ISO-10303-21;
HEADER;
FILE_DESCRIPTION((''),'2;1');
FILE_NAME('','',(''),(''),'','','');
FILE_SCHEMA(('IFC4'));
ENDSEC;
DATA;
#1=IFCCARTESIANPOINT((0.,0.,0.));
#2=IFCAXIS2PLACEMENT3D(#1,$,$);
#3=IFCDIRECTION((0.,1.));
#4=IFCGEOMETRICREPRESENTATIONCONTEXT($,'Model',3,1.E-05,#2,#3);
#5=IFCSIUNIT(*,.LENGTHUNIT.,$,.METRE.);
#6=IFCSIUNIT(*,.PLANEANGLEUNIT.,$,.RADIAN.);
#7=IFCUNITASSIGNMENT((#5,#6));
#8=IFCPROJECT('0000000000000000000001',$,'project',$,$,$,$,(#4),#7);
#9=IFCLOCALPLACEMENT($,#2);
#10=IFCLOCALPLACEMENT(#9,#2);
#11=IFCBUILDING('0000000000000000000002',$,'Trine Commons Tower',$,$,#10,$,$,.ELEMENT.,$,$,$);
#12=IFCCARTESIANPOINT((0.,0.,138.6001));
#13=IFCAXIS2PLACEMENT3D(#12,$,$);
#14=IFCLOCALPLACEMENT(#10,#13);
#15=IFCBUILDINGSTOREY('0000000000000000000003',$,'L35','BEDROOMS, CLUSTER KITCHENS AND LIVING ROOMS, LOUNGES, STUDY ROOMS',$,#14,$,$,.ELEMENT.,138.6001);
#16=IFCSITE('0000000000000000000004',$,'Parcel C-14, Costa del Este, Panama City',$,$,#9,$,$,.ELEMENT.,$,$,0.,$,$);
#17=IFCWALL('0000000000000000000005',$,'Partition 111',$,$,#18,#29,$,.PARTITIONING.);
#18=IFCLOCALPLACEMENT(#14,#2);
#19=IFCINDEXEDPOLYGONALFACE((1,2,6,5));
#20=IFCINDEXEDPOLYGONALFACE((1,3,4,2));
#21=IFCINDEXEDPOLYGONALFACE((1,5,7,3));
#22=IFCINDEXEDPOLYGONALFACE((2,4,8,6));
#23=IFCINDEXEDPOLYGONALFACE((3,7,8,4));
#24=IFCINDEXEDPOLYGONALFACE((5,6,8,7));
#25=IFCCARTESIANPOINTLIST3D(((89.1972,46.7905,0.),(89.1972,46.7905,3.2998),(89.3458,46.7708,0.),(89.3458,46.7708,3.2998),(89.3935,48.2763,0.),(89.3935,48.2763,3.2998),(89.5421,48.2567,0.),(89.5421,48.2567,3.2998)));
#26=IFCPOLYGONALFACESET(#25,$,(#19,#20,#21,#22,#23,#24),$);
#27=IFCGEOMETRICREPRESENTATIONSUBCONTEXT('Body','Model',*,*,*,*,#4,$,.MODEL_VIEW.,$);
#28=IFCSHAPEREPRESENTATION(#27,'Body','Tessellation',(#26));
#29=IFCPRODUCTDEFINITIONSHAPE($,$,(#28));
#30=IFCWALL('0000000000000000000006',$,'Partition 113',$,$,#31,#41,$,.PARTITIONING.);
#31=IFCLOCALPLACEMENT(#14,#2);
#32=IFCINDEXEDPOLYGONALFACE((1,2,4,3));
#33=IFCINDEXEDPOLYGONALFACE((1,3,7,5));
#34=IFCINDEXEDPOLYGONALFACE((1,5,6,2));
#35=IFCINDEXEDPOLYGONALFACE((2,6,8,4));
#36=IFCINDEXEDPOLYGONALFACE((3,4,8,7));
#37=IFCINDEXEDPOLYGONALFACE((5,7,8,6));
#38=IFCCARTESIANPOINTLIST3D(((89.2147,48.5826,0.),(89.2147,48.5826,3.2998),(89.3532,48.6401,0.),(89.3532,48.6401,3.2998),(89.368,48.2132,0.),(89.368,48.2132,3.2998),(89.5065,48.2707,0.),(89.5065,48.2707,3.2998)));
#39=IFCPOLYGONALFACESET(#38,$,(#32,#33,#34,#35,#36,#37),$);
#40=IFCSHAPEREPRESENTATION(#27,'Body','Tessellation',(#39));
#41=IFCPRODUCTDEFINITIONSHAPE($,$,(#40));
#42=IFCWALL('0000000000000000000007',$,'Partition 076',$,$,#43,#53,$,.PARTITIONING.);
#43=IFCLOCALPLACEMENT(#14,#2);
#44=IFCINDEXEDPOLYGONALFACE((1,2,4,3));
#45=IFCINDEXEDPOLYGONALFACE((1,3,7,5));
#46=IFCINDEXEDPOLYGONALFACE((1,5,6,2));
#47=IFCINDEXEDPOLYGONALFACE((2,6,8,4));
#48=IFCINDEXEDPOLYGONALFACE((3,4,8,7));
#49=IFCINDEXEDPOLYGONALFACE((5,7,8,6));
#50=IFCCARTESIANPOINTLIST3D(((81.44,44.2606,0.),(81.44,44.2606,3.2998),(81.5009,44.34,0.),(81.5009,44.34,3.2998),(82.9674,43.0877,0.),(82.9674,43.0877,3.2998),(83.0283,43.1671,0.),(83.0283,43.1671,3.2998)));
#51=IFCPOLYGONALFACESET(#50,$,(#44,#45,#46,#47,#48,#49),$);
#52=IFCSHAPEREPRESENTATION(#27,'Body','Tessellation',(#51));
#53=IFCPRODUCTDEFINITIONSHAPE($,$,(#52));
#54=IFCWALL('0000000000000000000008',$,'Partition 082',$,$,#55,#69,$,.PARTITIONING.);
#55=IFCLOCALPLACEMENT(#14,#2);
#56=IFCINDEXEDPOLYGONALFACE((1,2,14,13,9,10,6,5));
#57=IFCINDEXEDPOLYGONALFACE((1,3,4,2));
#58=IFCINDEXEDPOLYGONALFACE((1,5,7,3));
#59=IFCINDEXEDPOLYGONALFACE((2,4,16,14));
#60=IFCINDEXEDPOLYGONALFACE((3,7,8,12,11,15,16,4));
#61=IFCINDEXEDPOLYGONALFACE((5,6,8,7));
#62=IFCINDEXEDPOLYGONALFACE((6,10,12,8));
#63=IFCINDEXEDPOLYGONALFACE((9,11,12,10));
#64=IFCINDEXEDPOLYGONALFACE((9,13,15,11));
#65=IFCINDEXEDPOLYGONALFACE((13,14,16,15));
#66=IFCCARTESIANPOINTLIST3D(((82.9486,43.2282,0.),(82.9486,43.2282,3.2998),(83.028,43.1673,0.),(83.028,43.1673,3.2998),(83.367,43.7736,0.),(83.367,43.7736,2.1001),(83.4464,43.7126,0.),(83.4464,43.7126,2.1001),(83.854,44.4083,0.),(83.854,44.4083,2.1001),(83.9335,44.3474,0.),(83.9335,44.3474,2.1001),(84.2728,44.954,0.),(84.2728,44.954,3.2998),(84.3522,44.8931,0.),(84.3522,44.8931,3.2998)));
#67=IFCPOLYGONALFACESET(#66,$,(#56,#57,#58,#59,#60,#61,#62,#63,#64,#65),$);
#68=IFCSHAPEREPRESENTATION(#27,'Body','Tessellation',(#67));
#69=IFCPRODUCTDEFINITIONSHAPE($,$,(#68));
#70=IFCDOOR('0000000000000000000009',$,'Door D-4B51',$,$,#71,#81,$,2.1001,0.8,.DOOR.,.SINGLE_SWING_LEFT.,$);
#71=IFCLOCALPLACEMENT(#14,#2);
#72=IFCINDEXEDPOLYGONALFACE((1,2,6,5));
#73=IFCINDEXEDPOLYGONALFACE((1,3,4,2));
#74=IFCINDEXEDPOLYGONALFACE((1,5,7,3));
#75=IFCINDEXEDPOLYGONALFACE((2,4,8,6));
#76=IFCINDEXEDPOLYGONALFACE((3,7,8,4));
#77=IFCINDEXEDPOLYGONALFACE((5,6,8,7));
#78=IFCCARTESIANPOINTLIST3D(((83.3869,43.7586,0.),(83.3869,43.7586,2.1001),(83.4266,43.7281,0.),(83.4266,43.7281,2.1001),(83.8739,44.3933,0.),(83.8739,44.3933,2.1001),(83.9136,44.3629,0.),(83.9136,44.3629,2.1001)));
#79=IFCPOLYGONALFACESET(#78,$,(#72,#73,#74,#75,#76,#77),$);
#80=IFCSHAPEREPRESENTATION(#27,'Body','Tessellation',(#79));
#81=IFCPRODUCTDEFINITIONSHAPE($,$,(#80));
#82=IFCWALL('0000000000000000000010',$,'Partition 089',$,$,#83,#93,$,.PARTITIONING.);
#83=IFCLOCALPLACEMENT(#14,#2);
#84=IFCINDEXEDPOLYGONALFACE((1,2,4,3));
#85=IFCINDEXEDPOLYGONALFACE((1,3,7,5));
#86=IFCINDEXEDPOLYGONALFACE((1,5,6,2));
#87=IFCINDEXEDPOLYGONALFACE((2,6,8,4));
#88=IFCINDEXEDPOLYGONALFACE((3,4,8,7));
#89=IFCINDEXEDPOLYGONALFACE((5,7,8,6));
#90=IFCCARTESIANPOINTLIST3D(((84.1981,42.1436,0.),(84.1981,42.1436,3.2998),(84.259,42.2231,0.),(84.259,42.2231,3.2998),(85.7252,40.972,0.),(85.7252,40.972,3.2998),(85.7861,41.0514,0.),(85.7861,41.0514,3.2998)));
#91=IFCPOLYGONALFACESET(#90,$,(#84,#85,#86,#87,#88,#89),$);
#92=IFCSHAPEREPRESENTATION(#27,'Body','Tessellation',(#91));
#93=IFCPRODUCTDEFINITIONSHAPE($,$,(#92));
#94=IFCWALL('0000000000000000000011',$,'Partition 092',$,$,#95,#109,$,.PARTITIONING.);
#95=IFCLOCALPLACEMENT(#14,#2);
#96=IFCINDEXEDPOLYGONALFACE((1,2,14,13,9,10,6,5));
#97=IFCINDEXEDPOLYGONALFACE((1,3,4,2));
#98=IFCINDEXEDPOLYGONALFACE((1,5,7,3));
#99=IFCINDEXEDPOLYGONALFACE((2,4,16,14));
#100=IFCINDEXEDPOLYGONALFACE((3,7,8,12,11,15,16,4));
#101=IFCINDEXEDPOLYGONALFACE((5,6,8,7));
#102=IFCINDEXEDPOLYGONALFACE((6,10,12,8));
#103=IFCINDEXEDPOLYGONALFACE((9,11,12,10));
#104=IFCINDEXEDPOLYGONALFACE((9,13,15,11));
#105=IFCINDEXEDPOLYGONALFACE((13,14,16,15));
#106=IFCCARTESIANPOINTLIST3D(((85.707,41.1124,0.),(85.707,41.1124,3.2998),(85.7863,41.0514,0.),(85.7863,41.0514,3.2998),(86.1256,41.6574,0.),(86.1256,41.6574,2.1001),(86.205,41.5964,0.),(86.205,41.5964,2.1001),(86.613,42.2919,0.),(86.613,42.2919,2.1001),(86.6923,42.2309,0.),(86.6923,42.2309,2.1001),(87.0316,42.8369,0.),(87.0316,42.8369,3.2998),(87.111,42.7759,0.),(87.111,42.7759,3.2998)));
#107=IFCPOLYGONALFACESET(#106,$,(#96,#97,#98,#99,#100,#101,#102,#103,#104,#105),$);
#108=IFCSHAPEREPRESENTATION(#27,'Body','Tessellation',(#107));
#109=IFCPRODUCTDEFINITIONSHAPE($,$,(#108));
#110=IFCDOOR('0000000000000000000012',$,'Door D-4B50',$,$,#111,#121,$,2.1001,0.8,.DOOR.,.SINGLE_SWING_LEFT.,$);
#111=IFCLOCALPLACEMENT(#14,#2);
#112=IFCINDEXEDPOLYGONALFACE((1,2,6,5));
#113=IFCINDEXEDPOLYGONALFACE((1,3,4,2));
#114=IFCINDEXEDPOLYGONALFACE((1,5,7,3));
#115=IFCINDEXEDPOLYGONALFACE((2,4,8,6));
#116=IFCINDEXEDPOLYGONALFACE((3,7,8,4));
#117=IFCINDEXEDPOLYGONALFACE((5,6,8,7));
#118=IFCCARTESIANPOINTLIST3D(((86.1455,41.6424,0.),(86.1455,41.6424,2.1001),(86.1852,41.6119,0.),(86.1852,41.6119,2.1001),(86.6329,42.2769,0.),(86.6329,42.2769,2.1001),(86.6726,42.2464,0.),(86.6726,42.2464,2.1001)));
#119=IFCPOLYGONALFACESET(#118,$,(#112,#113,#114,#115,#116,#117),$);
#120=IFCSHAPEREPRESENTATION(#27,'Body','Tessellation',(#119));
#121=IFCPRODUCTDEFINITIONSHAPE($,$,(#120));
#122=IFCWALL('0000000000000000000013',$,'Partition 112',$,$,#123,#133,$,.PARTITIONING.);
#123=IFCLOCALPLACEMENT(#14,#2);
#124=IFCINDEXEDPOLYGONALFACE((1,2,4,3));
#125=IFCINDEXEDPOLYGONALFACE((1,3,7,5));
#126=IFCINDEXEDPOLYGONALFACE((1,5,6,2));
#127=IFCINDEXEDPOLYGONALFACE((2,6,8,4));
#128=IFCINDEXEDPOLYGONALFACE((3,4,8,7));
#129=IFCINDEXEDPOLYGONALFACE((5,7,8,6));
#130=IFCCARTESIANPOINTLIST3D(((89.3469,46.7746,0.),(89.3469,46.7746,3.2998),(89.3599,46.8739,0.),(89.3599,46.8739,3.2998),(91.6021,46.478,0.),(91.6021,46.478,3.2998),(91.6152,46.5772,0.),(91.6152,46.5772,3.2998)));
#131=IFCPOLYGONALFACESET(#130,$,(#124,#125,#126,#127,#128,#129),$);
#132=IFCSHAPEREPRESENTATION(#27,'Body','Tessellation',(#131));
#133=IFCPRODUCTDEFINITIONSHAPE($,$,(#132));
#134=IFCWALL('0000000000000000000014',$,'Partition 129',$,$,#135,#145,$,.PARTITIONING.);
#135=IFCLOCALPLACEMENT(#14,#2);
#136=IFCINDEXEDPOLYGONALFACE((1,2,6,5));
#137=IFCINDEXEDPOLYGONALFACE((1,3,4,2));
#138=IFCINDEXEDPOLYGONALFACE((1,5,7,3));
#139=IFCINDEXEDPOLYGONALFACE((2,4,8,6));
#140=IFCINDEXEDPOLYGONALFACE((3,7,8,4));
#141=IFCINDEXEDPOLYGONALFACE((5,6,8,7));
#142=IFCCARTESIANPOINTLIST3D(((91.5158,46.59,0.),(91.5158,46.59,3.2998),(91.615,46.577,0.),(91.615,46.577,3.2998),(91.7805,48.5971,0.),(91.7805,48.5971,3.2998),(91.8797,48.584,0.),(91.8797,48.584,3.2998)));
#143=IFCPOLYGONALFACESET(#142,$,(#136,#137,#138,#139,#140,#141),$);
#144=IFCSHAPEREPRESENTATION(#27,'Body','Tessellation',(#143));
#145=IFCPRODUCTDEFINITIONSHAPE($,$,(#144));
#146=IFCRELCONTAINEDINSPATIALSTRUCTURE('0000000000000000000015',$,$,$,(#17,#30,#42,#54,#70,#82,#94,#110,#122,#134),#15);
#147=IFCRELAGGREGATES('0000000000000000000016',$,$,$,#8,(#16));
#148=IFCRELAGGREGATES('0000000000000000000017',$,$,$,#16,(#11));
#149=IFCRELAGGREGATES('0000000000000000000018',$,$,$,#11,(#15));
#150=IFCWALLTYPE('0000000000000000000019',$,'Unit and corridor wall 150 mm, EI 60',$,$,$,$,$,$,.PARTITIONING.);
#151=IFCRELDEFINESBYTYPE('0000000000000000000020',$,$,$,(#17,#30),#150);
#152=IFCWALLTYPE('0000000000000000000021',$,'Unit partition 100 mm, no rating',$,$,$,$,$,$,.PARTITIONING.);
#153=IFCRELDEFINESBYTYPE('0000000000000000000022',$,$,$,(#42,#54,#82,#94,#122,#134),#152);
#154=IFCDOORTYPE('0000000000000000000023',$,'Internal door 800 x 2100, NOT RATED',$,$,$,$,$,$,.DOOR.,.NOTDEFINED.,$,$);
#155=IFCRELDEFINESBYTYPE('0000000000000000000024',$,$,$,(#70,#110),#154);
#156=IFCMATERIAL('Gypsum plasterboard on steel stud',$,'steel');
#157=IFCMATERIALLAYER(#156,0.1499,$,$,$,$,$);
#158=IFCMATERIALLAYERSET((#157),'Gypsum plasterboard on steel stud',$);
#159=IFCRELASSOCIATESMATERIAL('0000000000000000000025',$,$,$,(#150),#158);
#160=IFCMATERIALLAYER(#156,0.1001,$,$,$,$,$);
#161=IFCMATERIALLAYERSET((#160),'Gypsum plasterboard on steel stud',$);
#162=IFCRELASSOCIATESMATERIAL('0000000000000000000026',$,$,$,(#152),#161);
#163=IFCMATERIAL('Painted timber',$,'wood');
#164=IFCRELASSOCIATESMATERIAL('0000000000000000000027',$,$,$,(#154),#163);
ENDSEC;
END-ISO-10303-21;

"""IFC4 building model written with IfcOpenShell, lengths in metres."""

from ifc_helpers import new_model, si_unit, direction, frame, frame_2d, origin, place, context, subcontext, project, spatial, rectangle, extrude, material, layer, layer_set, type_object, element, fill, save


model = new_model("IFC4")

# Units and contexts
model_context = context("Model", 3, precision=1e-05, world=origin(), true_north=direction((0.0, 1.0)))
body_context = subcontext(model_context, "Body", "Model", "MODEL_VIEW")
ifc_project = project(units=[si_unit("LENGTHUNIT", "METRE"), si_unit("PLANEANGLEUNIT", "RADIAN")], contexts=[model_context])

# Site, building, storey
site_placement = place(None, origin())
site = spatial("IfcSite", under=ifc_project, at=site_placement, Name="Parcel C-14, Costa del Este, Panama City", CompositionType="ELEMENT", RefElevation=0.0)
building_placement = place(site_placement, origin())
building = spatial("IfcBuilding", under=site, at=building_placement, Name="Trine Commons Tower", CompositionType="ELEMENT")
storey_placement = place(building_placement, frame((0.0, 0.0, 138.6001)))
storey = spatial("IfcBuildingStorey", under=building, at=storey_placement, Name="L35", Description="BEDROOMS, CLUSTER KITCHENS AND LIVING ROOMS, LOUNGES, STUDY ROOMS", CompositionType="ELEMENT", Elevation=138.6001)

# Shared definitions
ifc_material_1 = material(Name="Gypsum plasterboard on steel stud", Category="steel")
ifc_layer_1 = layer(ifc_material_1, 0.1499)
ifc_layer_set_1 = layer_set([ifc_layer_1], Name="Gypsum plasterboard on steel stud")
wall_type_1 = type_object("IfcWallType", Name="Unit and corridor wall 150 mm, EI 60", PredefinedType="PARTITIONING", material=ifc_layer_set_1)

# Shared definitions
ifc_material_2 = material(Name="Painted timber", Category="wood")

# Walls
wall_1_placement = place(storey_placement, frame((89.2715, 46.7805, 0.0), z_axis=(0.0, 0.0, 1.0), x_axis=(0.130969, 0.991387, 0.0)))
element("IfcWall", 1, at=wall_1_placement, inside=storey, type_object=wall_type_1, Name="Partition 111", PredefinedType="PARTITIONING", context=body_context, shape_type="SweptSolid", body=[
    extrude(rectangle(XDim=1.4988, YDim=0.1499, at=frame_2d((0.7495, 0.0))), origin(), (0.0, 0.0, 1.0), 3.2998),
])
wall_2_placement = place(storey_placement, frame((89.2839, 48.6113, 0.0), z_axis=(0.0, 0.0, 1.0), x_axis=(0.383358, -0.9236, 0.0)))
element("IfcWall", 2, at=wall_2_placement, inside=storey, type_object=wall_type_1, Name="Partition 113", PredefinedType="PARTITIONING", context=body_context, shape_type="SweptSolid", body=[
    extrude(rectangle(XDim=0.3999, YDim=0.1499, at=frame_2d((0.2, 0.0))), origin(), (0.0, 0.0, 1.0), 3.2998),
])
ifc_layer_2 = layer(ifc_material_1, 0.1001)
ifc_layer_set_2 = layer_set([ifc_layer_2], Name="Gypsum plasterboard on steel stud")
wall_type_2 = type_object("IfcWallType", Name="Unit partition 100 mm, no rating", PredefinedType="PARTITIONING", material=ifc_layer_set_2)
wall_3_placement = place(storey_placement, frame((81.4705, 44.3003, 0.0), z_axis=(0.0, 0.0, 1.0), x_axis=(0.793133, -0.609049, 0.0)))
element("IfcWall", 3, at=wall_3_placement, inside=storey, type_object=wall_type_2, Name="Partition 076", PredefinedType="PARTITIONING", context=body_context, shape_type="SweptSolid", body=[
    extrude(rectangle(XDim=1.9258, YDim=0.1001, at=frame_2d((0.9629, 0.0))), origin(), (0.0, 0.0, 1.0), 3.2998),
])

# Wall, opening, door
wall_4_placement = place(storey_placement, frame((82.9883, 43.1978, 0.0), z_axis=(0.0, 0.0, 1.0), x_axis=(0.608745, 0.793366, 0.0)))
wall_4 = element("IfcWall", 4, at=wall_4_placement, inside=storey, type_object=wall_type_2, Name="Partition 082", PredefinedType="PARTITIONING", context=body_context, shape_type="SweptSolid", body=[
    extrude(rectangle(XDim=2.1753, YDim=0.1001, at=frame_2d((1.0876, 0.0))), origin(), (0.0, 0.0, 1.0), 3.2998),
])
opening_1_placement = place(wall_4_placement, frame((0.6875, 0.0, 0.0)))
opening_1 = element("IfcOpeningElement", 5, at=opening_1_placement, cuts=wall_4, PredefinedType="OPENING", context=body_context, shape_type="SweptSolid", body=[
    extrude(rectangle(XDim=0.8, YDim=2.1001, at=frame_2d((0.3999, 1.05))), frame((0.0, 0.0601, 0.0), z_axis=(0.0, -1.0, 0.0), x_axis=(1.0, 0.0, 0.0)), (0.0, 0.0, 1.0), 0.1201),
])
door_type_1 = type_object("IfcDoorType", Name="Internal door 800 x 2100, NOT RATED", OperationType="NOTDEFINED", PredefinedType="DOOR", material=ifc_material_2)
door_1_placement = place(opening_1_placement, frame((0.8, 0.0, 0.0), z_axis=(0.0, 0.0, 1.0), x_axis=(-1.0, 0.0, 0.0)))
door_1 = element("IfcDoor", 6, at=door_1_placement, inside=storey, type_object=door_type_1, Name="Door D-4B51", OperationType="SINGLE_SWING_LEFT", OverallHeight=2.1001, OverallWidth=0.8, PredefinedType="DOOR", context=body_context, shape_type="SweptSolid", body=[
    extrude(rectangle(XDim=0.8, YDim=2.1001, at=frame_2d((0.3999, 1.05))), frame((0.0, 0.0249, 0.0), z_axis=(0.0, -1.0, 0.0), x_axis=(1.0, 0.0, 0.0)), (0.0, 0.0, 1.0), 0.05),
])
fill(opening_1, door_1)

# Wall
wall_5_placement = place(storey_placement, frame((84.2285, 42.1833, 0.0), z_axis=(0.0, 0.0, 1.0), x_axis=(0.793392, -0.608711, 0.0)))
element("IfcWall", 7, at=wall_5_placement, inside=storey, type_object=wall_type_2, Name="Partition 089", PredefinedType="PARTITIONING", context=body_context, shape_type="SweptSolid", body=[
    extrude(rectangle(XDim=1.9248, YDim=0.1001, at=frame_2d((0.9624, 0.0))), origin(), (0.0, 0.0, 1.0), 3.2998),
])

# Wall, opening, door
wall_6_placement = place(storey_placement, frame((85.7466, 41.0818, 0.0), z_axis=(0.0, 0.0, 1.0), x_axis=(0.609157, 0.793049, 0.0)))
wall_6 = element("IfcWall", 8, at=wall_6_placement, inside=storey, type_object=wall_type_2, Name="Partition 092", PredefinedType="PARTITIONING", context=body_context, shape_type="SweptSolid", body=[
    extrude(rectangle(XDim=2.1746, YDim=0.1001, at=frame_2d((1.0874, 0.0))), origin(), (0.0, 0.0, 1.0), 3.2998),
])
opening_2_placement = place(wall_6_placement, frame((0.6875, 0.0, 0.0)))
opening_2 = element("IfcOpeningElement", 9, at=opening_2_placement, cuts=wall_6, PredefinedType="OPENING", context=body_context, shape_type="SweptSolid", body=[
    extrude(rectangle(XDim=0.8, YDim=2.1001, at=frame_2d((0.3999, 1.05))), frame((0.0, 0.0601, 0.0), z_axis=(0.0, -1.0, 0.0), x_axis=(1.0, 0.0, 0.0)), (0.0, 0.0, 1.0), 0.1201),
])
door_2_placement = place(opening_2_placement, frame((0.8, 0.0, 0.0), z_axis=(0.0, 0.0, 1.0), x_axis=(-1.0, 0.0, 0.0)))
door_2 = element("IfcDoor", 10, at=door_2_placement, inside=storey, type_object=door_type_1, Name="Door D-4B50", OperationType="SINGLE_SWING_LEFT", OverallHeight=2.1001, OverallWidth=0.8, PredefinedType="DOOR", context=body_context, shape_type="SweptSolid", body=[
    extrude(rectangle(XDim=0.8, YDim=2.1001, at=frame_2d((0.3999, 1.05))), frame((0.0, 0.0249, 0.0), z_axis=(0.0, -1.0, 0.0), x_axis=(1.0, 0.0, 0.0)), (0.0, 0.0, 1.0), 0.05),
])
fill(opening_2, door_2)

# Walls
wall_7_placement = place(storey_placement, frame((89.3535, 46.8242, 0.0), z_axis=(0.0, 0.0, 1.0), x_axis=(0.99146, -0.130413, 0.0)))
element("IfcWall", 11, at=wall_7_placement, inside=storey, type_object=wall_type_2, Name="Partition 112", PredefinedType="PARTITIONING", context=body_context, shape_type="SweptSolid", body=[
    extrude(rectangle(XDim=2.2747, YDim=0.1001, at=frame_2d((1.1372, 0.0))), origin(), (0.0, 0.0, 1.0), 3.2998),
])
wall_8_placement = place(storey_placement, frame((91.5654, 46.5835, 0.0), z_axis=(0.0, 0.0, 1.0), x_axis=(0.130726, 0.991419, 0.0)))
element("IfcWall", 12, at=wall_8_placement, inside=storey, type_object=wall_type_2, Name="Partition 129", PredefinedType="PARTITIONING", context=body_context, shape_type="SweptSolid", body=[
    extrude(rectangle(XDim=2.0244, YDim=0.1001, at=frame_2d((1.0122, 0.0))), origin(), (0.0, 0.0, 1.0), 3.2998),
])

save(model, "model.ifc")
